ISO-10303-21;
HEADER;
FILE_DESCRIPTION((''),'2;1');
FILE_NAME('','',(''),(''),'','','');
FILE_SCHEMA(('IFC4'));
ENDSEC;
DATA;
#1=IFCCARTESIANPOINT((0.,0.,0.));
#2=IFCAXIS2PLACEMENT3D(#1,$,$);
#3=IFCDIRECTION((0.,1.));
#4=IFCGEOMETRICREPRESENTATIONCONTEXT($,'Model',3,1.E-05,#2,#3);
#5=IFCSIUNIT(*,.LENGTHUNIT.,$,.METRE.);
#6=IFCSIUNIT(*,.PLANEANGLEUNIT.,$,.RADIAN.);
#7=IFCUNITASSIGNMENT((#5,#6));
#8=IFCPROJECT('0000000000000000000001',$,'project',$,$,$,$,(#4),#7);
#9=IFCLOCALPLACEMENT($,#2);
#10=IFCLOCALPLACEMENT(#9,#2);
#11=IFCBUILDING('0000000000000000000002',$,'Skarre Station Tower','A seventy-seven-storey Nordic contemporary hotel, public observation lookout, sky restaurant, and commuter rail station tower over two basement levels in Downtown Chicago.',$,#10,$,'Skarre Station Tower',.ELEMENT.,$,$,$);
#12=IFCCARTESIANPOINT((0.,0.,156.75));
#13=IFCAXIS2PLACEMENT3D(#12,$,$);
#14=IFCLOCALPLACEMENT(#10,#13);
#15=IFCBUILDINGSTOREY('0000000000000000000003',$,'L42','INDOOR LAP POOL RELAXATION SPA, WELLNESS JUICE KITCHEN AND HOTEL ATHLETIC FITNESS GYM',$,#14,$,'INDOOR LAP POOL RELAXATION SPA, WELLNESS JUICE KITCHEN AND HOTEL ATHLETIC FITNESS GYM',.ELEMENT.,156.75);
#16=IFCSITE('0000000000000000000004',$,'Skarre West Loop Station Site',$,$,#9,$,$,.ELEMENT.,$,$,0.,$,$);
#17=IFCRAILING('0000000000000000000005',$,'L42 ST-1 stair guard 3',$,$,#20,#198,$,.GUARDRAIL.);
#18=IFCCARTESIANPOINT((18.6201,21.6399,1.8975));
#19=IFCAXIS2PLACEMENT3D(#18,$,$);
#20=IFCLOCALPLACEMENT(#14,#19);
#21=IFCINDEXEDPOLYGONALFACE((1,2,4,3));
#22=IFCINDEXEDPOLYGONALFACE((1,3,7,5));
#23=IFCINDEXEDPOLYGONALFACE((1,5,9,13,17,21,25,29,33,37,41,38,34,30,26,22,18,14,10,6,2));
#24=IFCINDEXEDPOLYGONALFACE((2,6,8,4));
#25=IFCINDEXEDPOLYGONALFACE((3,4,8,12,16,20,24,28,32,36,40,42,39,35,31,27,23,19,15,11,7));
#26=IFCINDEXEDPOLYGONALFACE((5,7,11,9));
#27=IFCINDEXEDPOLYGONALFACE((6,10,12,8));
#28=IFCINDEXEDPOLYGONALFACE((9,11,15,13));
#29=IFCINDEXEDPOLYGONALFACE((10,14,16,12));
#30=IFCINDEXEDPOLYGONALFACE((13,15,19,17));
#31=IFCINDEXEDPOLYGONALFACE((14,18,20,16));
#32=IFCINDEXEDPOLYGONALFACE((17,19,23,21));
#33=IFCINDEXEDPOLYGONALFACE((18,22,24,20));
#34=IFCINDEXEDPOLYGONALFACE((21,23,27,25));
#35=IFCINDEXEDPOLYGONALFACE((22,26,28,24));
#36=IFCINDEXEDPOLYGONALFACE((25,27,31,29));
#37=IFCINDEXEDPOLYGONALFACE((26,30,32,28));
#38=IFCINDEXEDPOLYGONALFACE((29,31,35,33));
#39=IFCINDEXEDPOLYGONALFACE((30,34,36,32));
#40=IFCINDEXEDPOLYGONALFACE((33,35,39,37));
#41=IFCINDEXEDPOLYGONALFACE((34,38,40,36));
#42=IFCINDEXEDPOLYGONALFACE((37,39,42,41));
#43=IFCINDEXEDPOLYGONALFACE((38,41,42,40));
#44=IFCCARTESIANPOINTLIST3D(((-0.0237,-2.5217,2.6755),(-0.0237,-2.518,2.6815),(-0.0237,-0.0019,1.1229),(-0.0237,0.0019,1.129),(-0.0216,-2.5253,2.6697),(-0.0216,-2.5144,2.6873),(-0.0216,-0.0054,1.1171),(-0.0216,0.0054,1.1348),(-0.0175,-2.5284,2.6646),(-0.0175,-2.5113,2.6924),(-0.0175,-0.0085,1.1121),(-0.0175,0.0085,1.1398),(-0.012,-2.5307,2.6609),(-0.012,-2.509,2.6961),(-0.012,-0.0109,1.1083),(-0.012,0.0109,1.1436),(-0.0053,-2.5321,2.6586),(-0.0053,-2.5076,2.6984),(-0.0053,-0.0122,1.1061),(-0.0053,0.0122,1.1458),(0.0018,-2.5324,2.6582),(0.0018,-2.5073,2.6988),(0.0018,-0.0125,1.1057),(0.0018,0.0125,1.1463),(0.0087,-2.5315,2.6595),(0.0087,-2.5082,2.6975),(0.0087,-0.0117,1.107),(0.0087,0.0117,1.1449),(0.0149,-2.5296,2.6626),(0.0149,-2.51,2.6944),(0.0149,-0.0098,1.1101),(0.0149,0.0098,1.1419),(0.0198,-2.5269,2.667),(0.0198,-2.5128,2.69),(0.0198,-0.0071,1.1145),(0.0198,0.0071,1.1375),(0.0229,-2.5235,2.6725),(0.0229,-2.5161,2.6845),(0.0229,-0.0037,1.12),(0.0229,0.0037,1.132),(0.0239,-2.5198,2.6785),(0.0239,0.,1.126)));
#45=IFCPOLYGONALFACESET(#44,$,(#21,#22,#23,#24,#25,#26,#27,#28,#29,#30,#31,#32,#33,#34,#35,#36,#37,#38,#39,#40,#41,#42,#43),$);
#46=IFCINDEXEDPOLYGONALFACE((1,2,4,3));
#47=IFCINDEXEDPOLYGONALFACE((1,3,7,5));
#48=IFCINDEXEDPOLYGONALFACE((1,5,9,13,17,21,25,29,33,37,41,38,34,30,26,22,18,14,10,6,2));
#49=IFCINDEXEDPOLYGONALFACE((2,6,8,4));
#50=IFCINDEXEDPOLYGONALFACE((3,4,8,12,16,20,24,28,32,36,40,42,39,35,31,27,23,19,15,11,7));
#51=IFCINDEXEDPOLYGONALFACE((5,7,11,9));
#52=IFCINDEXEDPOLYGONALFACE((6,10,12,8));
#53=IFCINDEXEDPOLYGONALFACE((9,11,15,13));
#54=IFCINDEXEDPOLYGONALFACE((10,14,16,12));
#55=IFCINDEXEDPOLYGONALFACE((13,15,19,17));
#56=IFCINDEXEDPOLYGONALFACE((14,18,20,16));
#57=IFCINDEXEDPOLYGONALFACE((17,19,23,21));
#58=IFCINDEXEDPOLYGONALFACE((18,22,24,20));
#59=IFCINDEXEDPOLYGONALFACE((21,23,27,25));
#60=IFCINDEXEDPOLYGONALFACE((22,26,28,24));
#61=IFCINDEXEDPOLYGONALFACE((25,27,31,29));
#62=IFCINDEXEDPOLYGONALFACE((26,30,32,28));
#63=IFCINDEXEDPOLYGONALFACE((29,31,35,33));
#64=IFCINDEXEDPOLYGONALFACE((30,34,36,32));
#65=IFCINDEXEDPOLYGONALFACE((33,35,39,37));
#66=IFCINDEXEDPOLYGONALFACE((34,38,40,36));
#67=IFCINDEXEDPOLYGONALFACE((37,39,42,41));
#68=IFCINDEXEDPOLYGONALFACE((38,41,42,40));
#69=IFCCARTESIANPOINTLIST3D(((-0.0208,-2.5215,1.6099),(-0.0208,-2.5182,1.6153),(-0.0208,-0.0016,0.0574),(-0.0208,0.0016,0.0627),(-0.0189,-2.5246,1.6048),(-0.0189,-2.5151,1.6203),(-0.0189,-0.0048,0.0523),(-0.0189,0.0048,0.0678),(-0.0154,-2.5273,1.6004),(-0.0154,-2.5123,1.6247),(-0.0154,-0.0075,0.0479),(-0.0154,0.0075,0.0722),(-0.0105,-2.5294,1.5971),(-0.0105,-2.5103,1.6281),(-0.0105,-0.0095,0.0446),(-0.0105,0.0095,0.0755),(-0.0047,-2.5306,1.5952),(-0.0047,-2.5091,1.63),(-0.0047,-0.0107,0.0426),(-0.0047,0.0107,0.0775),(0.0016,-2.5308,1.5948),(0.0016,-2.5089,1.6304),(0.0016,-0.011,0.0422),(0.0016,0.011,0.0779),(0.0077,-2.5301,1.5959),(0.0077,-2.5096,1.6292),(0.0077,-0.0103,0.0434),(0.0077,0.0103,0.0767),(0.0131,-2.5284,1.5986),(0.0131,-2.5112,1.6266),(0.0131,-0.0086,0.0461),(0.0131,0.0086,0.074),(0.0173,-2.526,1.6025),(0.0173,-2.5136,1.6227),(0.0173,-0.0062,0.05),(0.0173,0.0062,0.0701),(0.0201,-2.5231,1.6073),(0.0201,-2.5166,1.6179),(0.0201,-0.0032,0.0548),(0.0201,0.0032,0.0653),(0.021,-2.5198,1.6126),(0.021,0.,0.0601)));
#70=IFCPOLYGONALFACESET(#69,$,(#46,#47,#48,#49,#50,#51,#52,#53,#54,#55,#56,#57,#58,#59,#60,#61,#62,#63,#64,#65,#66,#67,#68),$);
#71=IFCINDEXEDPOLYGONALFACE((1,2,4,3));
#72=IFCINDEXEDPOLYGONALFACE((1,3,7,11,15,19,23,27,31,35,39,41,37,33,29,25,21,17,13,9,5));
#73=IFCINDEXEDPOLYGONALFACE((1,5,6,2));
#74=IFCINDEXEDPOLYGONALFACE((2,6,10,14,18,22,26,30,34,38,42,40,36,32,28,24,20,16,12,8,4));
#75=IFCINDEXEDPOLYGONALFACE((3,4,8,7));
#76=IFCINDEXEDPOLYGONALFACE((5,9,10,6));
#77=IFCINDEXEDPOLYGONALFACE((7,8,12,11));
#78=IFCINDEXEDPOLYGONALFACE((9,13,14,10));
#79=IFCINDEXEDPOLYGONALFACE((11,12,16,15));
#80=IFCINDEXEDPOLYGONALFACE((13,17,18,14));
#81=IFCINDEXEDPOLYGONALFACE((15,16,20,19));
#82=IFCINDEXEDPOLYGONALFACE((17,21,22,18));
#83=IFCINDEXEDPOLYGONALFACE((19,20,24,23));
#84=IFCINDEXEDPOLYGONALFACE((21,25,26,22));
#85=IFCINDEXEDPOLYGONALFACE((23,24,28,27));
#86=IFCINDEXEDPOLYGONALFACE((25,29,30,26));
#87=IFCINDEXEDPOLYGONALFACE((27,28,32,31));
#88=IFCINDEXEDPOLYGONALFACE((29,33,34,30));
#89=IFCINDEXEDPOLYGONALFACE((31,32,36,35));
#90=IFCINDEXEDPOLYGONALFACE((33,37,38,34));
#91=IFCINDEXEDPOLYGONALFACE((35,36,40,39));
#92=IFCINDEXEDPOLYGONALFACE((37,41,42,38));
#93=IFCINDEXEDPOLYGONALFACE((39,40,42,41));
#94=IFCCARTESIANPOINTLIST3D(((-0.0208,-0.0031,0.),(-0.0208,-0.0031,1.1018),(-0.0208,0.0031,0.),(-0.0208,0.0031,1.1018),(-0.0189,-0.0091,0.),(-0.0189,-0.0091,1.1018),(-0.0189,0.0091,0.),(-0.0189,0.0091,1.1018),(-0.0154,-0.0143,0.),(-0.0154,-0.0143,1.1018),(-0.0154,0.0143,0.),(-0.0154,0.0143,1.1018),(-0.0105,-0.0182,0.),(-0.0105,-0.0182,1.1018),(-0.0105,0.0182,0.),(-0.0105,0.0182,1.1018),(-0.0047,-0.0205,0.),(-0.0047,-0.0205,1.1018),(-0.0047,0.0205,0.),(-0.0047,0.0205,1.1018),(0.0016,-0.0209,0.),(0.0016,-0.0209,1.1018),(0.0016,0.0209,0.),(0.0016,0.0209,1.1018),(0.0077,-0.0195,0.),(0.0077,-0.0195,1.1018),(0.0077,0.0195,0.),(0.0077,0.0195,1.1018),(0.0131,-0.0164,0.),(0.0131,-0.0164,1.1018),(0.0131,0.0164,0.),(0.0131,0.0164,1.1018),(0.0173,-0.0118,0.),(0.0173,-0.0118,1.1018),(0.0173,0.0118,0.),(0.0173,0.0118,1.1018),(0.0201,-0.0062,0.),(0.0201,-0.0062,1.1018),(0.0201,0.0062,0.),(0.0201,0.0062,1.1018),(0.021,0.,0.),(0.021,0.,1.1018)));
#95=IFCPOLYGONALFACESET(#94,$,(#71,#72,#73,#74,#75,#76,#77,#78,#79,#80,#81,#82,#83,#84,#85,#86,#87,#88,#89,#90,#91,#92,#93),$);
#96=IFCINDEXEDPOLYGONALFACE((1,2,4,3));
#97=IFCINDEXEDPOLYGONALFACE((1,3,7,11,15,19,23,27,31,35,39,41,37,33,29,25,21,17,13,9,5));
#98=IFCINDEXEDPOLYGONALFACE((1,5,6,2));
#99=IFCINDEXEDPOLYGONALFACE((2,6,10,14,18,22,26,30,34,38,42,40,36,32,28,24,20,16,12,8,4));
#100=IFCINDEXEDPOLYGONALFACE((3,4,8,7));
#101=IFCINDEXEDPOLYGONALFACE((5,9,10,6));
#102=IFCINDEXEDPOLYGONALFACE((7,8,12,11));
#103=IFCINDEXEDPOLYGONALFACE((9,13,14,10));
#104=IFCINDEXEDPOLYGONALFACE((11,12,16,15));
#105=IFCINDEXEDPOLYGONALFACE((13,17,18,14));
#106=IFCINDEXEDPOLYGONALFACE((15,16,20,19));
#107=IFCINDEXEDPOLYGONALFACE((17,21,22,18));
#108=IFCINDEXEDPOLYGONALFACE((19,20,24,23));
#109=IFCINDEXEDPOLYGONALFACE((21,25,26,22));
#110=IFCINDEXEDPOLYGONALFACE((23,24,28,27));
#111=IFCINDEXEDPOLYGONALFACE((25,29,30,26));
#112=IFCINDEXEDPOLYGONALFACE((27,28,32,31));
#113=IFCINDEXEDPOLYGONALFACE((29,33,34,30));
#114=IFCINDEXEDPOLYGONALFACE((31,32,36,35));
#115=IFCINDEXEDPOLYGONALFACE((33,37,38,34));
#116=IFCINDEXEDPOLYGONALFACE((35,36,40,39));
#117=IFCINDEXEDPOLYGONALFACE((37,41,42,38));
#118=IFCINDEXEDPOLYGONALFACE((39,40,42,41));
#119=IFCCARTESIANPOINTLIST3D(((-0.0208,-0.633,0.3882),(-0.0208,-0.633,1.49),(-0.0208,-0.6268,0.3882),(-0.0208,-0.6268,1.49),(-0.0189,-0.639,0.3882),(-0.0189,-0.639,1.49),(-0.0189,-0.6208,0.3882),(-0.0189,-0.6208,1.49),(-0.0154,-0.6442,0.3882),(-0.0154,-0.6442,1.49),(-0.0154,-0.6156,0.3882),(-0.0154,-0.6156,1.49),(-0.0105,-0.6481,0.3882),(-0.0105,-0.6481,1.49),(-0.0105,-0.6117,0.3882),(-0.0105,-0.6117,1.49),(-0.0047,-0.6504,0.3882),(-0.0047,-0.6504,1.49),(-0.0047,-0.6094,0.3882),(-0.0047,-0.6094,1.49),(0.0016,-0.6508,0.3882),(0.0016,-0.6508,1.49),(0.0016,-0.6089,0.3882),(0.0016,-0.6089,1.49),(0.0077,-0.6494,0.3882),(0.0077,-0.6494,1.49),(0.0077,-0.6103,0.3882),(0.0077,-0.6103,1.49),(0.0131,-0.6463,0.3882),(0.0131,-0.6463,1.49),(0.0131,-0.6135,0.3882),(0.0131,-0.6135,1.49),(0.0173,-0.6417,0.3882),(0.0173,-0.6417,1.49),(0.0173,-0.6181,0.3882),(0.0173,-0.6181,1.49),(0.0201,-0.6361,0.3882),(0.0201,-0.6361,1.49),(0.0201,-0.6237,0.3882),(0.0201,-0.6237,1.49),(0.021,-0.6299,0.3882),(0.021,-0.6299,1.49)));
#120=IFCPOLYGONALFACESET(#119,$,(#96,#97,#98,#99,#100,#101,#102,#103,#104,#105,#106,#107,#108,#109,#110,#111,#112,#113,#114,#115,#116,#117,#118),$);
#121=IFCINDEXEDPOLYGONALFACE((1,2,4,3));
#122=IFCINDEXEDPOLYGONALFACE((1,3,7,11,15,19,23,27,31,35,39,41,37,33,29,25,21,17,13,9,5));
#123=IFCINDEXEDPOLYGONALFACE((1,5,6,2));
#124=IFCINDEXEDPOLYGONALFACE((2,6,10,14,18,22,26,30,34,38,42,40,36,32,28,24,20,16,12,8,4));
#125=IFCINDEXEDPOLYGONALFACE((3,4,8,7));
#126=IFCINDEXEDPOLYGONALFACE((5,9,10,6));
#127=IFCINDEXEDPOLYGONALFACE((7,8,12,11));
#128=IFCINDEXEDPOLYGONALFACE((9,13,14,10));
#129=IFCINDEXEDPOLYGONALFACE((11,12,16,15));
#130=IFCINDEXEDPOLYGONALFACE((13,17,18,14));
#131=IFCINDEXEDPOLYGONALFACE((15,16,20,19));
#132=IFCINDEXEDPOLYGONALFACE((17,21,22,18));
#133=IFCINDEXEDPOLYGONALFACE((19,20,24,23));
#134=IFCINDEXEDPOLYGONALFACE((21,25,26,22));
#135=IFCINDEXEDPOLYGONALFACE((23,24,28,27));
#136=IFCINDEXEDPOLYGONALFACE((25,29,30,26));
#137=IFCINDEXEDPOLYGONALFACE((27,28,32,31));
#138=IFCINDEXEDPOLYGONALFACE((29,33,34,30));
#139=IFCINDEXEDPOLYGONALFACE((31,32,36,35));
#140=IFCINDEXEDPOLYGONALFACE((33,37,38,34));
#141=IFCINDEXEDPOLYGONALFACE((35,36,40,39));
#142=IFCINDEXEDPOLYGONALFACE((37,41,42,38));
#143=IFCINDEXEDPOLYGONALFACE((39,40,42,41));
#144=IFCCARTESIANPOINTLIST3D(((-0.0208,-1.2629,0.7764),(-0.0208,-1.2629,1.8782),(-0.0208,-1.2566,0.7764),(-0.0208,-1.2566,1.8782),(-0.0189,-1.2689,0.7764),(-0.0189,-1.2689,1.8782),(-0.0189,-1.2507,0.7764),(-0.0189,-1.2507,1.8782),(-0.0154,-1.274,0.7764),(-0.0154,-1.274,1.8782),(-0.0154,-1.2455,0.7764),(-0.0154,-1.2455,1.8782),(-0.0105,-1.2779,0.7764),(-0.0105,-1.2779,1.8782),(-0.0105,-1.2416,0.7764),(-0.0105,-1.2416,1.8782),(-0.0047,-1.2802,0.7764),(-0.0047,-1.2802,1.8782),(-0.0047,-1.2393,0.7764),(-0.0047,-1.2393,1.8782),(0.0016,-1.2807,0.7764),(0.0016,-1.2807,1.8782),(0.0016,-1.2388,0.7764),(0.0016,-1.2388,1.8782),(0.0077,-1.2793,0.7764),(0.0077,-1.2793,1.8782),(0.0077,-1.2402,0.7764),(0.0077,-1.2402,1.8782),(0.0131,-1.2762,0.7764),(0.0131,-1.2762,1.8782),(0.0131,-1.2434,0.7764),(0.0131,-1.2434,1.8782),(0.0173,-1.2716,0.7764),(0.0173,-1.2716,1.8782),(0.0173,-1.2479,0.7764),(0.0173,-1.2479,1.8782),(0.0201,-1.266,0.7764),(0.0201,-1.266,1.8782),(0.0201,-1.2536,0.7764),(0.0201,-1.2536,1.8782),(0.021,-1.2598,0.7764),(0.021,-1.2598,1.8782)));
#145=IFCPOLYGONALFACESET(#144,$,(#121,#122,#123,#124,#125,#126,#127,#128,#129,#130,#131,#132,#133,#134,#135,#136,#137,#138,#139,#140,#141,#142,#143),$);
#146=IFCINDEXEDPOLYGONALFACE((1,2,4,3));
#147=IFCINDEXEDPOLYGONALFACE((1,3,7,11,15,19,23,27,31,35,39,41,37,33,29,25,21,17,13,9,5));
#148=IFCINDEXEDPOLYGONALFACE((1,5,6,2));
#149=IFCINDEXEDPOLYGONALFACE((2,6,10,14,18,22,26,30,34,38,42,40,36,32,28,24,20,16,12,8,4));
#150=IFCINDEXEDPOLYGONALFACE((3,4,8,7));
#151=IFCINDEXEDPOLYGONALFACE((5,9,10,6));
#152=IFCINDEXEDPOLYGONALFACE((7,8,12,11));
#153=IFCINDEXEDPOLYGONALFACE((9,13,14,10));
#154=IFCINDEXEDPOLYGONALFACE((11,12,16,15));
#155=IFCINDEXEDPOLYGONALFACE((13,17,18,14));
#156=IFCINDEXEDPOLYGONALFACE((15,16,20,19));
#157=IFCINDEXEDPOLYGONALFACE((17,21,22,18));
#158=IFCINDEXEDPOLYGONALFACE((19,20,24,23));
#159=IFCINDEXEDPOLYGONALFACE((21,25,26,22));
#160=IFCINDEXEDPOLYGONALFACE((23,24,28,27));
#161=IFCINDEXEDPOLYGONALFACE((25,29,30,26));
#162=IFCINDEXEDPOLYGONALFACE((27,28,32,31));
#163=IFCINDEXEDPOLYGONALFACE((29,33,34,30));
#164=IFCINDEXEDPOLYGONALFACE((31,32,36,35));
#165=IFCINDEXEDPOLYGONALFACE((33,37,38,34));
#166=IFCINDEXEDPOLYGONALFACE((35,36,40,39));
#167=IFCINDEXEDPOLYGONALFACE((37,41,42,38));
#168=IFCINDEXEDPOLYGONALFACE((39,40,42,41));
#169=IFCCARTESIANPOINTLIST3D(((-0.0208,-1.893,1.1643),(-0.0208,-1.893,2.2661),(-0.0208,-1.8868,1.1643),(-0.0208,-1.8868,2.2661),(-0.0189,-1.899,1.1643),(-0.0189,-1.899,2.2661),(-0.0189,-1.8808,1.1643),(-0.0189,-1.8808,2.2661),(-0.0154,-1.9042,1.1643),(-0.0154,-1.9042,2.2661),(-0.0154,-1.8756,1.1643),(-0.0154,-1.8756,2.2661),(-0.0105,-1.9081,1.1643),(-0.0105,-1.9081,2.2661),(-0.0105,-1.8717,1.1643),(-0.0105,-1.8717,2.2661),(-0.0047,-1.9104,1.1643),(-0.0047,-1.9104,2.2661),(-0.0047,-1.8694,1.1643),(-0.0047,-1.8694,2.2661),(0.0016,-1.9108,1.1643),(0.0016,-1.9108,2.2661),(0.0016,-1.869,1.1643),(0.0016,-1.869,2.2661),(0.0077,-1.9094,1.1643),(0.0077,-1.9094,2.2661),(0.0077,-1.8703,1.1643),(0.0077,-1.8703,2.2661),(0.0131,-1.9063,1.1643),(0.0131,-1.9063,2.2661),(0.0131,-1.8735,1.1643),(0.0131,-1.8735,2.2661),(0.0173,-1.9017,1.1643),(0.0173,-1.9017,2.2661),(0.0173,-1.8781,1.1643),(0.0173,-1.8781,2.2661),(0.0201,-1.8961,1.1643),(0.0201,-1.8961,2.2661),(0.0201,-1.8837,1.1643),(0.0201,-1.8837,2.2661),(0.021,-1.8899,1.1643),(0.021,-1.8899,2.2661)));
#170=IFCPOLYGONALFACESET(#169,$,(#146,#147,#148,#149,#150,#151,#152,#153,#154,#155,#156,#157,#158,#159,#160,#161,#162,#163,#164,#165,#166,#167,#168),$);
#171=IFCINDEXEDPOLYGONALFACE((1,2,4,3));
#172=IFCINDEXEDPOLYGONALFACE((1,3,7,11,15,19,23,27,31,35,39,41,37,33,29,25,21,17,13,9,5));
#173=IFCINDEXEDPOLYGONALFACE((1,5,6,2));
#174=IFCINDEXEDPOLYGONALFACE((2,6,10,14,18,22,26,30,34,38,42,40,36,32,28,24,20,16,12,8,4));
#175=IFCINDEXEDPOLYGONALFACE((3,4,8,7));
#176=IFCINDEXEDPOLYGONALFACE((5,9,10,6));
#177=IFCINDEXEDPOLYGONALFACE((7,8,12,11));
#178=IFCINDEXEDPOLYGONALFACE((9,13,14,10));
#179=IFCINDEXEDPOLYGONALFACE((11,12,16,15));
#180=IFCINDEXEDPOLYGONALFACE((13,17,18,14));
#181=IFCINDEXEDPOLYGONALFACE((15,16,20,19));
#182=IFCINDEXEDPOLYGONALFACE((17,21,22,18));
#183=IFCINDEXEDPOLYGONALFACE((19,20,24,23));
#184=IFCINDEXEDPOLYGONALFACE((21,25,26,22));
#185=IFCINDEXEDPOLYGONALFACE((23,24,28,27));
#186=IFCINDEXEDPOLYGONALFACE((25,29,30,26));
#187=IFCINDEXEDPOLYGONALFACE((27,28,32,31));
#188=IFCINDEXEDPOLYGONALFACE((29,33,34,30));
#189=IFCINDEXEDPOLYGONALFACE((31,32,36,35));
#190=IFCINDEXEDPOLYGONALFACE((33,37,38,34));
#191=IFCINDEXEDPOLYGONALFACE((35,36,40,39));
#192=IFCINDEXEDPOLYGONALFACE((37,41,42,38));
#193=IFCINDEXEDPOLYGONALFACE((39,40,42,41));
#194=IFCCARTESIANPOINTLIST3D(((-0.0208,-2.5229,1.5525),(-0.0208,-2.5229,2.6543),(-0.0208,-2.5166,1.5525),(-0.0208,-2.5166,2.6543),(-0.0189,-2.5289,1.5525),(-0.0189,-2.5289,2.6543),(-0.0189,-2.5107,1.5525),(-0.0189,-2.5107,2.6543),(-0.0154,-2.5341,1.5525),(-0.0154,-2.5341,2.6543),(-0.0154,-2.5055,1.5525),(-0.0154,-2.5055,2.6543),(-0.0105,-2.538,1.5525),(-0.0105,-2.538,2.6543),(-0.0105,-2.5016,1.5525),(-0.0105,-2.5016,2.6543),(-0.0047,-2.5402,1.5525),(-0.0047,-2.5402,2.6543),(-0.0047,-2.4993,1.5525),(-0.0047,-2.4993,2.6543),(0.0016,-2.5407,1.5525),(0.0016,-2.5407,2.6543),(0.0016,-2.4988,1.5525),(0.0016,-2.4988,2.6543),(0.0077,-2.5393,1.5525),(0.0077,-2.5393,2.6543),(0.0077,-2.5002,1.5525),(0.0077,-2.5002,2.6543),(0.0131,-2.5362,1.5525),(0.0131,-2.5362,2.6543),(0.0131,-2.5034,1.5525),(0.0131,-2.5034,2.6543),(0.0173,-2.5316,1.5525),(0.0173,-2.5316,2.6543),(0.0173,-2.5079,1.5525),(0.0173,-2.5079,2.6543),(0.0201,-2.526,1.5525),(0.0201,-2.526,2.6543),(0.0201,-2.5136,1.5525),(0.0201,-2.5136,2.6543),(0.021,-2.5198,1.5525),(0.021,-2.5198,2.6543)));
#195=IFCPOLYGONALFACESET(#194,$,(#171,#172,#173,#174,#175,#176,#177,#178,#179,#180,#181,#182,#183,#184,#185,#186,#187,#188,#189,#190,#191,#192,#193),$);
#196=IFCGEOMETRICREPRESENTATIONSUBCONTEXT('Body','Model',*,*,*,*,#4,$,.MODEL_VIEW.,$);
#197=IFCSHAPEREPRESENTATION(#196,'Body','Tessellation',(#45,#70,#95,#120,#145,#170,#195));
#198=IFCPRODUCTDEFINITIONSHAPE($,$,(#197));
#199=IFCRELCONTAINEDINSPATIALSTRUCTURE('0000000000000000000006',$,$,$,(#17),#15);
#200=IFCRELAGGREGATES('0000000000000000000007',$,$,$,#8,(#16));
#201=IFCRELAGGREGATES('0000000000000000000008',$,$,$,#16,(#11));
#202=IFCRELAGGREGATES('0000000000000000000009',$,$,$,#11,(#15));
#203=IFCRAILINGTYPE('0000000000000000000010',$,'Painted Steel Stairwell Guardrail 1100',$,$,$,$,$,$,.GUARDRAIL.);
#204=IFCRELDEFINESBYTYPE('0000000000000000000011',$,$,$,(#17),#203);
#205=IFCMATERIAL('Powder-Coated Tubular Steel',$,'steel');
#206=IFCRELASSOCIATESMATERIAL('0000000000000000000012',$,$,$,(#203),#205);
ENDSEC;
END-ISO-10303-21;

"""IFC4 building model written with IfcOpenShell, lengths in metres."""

from ifc_helpers import new_model, si_unit, direction, frame, origin, origin_2d, place, context, subcontext, project, spatial, circle, extrude, material, type_object, element, save


model = new_model("IFC4")

# Units and contexts
model_context = context("Model", 3, precision=1e-05, world=origin(), true_north=direction((0.0, 1.0)))
body_context = subcontext(model_context, "Body", "Model", "MODEL_VIEW")
ifc_project = project(units=[si_unit("LENGTHUNIT", "METRE"), si_unit("PLANEANGLEUNIT", "RADIAN")], contexts=[model_context])

# Site, building, storey
site_placement = place(None, origin())
site = spatial("IfcSite", under=ifc_project, at=site_placement, Name="Skarre West Loop Station Site", CompositionType="ELEMENT", RefElevation=0.0)
building_placement = place(site_placement, origin())
building = spatial("IfcBuilding", under=site, at=building_placement, Name="Skarre Station Tower", Description="A seventy-seven-storey Nordic contemporary hotel, public observation lookout, sky restaurant, and commuter rail station tower over two basement levels in Downtown Chicago.", LongName="Skarre Station Tower", CompositionType="ELEMENT")
storey_placement = place(building_placement, frame((0.0, 0.0, 156.75)))
storey = spatial("IfcBuildingStorey", under=building, at=storey_placement, Name="L42", Description="INDOOR LAP POOL RELAXATION SPA, WELLNESS JUICE KITCHEN AND HOTEL ATHLETIC FITNESS GYM", LongName="INDOOR LAP POOL RELAXATION SPA, WELLNESS JUICE KITCHEN AND HOTEL ATHLETIC FITNESS GYM", CompositionType="ELEMENT", Elevation=156.75)

# Railing
ifc_material_1 = material(Name="Powder-Coated Tubular Steel", Category="steel")
railing_type_1 = type_object("IfcRailingType", Name="Painted Steel Stairwell Guardrail 1100", PredefinedType="GUARDRAIL", material=ifc_material_1)
railing_1_placement = place(storey_placement, frame((18.6201, 21.6399, 1.8975)))
element("IfcRailing", 1, at=railing_1_placement, inside=storey, type_object=railing_type_1, Name="L42 ST-1 stair guard 3", PredefinedType="GUARDRAIL", context=body_context, shape_type="SweptSolid", body=[
    extrude(circle(Radius=0.0239, at=origin_2d()), frame((0.0, 0.0, 1.126), z_axis=(0.0, -0.851378, 0.524553), x_axis=(1.0, 0.0, 0.0)), (0.0, 0.0, 1.0), 2.9597),
    extrude(circle(Radius=0.021, at=origin_2d()), frame((0.0, 0.0, 0.0601), z_axis=(0.0, -0.851378, 0.524553), x_axis=(1.0, 0.0, 0.0)), (0.0, 0.0, 1.0), 2.9597),
    extrude(circle(Radius=0.021, at=origin_2d()), origin(), (0.0, 0.0, 1.0), 1.1018),
    extrude(circle(Radius=0.021, at=origin_2d()), frame((0.0, -0.6299, 0.3882)), (0.0, 0.0, 1.0), 1.1018),
    extrude(circle(Radius=0.021, at=origin_2d()), frame((0.0, -1.2598, 0.7764)), (0.0, 0.0, 1.0), 1.1018),
    extrude(circle(Radius=0.021, at=origin_2d()), frame((0.0, -1.8899, 1.1643)), (0.0, 0.0, 1.0), 1.1018),
    extrude(circle(Radius=0.021, at=origin_2d()), frame((0.0, -2.5198, 1.5525)), (0.0, 0.0, 1.0), 1.1018),
])

save(model, "model.ifc")
